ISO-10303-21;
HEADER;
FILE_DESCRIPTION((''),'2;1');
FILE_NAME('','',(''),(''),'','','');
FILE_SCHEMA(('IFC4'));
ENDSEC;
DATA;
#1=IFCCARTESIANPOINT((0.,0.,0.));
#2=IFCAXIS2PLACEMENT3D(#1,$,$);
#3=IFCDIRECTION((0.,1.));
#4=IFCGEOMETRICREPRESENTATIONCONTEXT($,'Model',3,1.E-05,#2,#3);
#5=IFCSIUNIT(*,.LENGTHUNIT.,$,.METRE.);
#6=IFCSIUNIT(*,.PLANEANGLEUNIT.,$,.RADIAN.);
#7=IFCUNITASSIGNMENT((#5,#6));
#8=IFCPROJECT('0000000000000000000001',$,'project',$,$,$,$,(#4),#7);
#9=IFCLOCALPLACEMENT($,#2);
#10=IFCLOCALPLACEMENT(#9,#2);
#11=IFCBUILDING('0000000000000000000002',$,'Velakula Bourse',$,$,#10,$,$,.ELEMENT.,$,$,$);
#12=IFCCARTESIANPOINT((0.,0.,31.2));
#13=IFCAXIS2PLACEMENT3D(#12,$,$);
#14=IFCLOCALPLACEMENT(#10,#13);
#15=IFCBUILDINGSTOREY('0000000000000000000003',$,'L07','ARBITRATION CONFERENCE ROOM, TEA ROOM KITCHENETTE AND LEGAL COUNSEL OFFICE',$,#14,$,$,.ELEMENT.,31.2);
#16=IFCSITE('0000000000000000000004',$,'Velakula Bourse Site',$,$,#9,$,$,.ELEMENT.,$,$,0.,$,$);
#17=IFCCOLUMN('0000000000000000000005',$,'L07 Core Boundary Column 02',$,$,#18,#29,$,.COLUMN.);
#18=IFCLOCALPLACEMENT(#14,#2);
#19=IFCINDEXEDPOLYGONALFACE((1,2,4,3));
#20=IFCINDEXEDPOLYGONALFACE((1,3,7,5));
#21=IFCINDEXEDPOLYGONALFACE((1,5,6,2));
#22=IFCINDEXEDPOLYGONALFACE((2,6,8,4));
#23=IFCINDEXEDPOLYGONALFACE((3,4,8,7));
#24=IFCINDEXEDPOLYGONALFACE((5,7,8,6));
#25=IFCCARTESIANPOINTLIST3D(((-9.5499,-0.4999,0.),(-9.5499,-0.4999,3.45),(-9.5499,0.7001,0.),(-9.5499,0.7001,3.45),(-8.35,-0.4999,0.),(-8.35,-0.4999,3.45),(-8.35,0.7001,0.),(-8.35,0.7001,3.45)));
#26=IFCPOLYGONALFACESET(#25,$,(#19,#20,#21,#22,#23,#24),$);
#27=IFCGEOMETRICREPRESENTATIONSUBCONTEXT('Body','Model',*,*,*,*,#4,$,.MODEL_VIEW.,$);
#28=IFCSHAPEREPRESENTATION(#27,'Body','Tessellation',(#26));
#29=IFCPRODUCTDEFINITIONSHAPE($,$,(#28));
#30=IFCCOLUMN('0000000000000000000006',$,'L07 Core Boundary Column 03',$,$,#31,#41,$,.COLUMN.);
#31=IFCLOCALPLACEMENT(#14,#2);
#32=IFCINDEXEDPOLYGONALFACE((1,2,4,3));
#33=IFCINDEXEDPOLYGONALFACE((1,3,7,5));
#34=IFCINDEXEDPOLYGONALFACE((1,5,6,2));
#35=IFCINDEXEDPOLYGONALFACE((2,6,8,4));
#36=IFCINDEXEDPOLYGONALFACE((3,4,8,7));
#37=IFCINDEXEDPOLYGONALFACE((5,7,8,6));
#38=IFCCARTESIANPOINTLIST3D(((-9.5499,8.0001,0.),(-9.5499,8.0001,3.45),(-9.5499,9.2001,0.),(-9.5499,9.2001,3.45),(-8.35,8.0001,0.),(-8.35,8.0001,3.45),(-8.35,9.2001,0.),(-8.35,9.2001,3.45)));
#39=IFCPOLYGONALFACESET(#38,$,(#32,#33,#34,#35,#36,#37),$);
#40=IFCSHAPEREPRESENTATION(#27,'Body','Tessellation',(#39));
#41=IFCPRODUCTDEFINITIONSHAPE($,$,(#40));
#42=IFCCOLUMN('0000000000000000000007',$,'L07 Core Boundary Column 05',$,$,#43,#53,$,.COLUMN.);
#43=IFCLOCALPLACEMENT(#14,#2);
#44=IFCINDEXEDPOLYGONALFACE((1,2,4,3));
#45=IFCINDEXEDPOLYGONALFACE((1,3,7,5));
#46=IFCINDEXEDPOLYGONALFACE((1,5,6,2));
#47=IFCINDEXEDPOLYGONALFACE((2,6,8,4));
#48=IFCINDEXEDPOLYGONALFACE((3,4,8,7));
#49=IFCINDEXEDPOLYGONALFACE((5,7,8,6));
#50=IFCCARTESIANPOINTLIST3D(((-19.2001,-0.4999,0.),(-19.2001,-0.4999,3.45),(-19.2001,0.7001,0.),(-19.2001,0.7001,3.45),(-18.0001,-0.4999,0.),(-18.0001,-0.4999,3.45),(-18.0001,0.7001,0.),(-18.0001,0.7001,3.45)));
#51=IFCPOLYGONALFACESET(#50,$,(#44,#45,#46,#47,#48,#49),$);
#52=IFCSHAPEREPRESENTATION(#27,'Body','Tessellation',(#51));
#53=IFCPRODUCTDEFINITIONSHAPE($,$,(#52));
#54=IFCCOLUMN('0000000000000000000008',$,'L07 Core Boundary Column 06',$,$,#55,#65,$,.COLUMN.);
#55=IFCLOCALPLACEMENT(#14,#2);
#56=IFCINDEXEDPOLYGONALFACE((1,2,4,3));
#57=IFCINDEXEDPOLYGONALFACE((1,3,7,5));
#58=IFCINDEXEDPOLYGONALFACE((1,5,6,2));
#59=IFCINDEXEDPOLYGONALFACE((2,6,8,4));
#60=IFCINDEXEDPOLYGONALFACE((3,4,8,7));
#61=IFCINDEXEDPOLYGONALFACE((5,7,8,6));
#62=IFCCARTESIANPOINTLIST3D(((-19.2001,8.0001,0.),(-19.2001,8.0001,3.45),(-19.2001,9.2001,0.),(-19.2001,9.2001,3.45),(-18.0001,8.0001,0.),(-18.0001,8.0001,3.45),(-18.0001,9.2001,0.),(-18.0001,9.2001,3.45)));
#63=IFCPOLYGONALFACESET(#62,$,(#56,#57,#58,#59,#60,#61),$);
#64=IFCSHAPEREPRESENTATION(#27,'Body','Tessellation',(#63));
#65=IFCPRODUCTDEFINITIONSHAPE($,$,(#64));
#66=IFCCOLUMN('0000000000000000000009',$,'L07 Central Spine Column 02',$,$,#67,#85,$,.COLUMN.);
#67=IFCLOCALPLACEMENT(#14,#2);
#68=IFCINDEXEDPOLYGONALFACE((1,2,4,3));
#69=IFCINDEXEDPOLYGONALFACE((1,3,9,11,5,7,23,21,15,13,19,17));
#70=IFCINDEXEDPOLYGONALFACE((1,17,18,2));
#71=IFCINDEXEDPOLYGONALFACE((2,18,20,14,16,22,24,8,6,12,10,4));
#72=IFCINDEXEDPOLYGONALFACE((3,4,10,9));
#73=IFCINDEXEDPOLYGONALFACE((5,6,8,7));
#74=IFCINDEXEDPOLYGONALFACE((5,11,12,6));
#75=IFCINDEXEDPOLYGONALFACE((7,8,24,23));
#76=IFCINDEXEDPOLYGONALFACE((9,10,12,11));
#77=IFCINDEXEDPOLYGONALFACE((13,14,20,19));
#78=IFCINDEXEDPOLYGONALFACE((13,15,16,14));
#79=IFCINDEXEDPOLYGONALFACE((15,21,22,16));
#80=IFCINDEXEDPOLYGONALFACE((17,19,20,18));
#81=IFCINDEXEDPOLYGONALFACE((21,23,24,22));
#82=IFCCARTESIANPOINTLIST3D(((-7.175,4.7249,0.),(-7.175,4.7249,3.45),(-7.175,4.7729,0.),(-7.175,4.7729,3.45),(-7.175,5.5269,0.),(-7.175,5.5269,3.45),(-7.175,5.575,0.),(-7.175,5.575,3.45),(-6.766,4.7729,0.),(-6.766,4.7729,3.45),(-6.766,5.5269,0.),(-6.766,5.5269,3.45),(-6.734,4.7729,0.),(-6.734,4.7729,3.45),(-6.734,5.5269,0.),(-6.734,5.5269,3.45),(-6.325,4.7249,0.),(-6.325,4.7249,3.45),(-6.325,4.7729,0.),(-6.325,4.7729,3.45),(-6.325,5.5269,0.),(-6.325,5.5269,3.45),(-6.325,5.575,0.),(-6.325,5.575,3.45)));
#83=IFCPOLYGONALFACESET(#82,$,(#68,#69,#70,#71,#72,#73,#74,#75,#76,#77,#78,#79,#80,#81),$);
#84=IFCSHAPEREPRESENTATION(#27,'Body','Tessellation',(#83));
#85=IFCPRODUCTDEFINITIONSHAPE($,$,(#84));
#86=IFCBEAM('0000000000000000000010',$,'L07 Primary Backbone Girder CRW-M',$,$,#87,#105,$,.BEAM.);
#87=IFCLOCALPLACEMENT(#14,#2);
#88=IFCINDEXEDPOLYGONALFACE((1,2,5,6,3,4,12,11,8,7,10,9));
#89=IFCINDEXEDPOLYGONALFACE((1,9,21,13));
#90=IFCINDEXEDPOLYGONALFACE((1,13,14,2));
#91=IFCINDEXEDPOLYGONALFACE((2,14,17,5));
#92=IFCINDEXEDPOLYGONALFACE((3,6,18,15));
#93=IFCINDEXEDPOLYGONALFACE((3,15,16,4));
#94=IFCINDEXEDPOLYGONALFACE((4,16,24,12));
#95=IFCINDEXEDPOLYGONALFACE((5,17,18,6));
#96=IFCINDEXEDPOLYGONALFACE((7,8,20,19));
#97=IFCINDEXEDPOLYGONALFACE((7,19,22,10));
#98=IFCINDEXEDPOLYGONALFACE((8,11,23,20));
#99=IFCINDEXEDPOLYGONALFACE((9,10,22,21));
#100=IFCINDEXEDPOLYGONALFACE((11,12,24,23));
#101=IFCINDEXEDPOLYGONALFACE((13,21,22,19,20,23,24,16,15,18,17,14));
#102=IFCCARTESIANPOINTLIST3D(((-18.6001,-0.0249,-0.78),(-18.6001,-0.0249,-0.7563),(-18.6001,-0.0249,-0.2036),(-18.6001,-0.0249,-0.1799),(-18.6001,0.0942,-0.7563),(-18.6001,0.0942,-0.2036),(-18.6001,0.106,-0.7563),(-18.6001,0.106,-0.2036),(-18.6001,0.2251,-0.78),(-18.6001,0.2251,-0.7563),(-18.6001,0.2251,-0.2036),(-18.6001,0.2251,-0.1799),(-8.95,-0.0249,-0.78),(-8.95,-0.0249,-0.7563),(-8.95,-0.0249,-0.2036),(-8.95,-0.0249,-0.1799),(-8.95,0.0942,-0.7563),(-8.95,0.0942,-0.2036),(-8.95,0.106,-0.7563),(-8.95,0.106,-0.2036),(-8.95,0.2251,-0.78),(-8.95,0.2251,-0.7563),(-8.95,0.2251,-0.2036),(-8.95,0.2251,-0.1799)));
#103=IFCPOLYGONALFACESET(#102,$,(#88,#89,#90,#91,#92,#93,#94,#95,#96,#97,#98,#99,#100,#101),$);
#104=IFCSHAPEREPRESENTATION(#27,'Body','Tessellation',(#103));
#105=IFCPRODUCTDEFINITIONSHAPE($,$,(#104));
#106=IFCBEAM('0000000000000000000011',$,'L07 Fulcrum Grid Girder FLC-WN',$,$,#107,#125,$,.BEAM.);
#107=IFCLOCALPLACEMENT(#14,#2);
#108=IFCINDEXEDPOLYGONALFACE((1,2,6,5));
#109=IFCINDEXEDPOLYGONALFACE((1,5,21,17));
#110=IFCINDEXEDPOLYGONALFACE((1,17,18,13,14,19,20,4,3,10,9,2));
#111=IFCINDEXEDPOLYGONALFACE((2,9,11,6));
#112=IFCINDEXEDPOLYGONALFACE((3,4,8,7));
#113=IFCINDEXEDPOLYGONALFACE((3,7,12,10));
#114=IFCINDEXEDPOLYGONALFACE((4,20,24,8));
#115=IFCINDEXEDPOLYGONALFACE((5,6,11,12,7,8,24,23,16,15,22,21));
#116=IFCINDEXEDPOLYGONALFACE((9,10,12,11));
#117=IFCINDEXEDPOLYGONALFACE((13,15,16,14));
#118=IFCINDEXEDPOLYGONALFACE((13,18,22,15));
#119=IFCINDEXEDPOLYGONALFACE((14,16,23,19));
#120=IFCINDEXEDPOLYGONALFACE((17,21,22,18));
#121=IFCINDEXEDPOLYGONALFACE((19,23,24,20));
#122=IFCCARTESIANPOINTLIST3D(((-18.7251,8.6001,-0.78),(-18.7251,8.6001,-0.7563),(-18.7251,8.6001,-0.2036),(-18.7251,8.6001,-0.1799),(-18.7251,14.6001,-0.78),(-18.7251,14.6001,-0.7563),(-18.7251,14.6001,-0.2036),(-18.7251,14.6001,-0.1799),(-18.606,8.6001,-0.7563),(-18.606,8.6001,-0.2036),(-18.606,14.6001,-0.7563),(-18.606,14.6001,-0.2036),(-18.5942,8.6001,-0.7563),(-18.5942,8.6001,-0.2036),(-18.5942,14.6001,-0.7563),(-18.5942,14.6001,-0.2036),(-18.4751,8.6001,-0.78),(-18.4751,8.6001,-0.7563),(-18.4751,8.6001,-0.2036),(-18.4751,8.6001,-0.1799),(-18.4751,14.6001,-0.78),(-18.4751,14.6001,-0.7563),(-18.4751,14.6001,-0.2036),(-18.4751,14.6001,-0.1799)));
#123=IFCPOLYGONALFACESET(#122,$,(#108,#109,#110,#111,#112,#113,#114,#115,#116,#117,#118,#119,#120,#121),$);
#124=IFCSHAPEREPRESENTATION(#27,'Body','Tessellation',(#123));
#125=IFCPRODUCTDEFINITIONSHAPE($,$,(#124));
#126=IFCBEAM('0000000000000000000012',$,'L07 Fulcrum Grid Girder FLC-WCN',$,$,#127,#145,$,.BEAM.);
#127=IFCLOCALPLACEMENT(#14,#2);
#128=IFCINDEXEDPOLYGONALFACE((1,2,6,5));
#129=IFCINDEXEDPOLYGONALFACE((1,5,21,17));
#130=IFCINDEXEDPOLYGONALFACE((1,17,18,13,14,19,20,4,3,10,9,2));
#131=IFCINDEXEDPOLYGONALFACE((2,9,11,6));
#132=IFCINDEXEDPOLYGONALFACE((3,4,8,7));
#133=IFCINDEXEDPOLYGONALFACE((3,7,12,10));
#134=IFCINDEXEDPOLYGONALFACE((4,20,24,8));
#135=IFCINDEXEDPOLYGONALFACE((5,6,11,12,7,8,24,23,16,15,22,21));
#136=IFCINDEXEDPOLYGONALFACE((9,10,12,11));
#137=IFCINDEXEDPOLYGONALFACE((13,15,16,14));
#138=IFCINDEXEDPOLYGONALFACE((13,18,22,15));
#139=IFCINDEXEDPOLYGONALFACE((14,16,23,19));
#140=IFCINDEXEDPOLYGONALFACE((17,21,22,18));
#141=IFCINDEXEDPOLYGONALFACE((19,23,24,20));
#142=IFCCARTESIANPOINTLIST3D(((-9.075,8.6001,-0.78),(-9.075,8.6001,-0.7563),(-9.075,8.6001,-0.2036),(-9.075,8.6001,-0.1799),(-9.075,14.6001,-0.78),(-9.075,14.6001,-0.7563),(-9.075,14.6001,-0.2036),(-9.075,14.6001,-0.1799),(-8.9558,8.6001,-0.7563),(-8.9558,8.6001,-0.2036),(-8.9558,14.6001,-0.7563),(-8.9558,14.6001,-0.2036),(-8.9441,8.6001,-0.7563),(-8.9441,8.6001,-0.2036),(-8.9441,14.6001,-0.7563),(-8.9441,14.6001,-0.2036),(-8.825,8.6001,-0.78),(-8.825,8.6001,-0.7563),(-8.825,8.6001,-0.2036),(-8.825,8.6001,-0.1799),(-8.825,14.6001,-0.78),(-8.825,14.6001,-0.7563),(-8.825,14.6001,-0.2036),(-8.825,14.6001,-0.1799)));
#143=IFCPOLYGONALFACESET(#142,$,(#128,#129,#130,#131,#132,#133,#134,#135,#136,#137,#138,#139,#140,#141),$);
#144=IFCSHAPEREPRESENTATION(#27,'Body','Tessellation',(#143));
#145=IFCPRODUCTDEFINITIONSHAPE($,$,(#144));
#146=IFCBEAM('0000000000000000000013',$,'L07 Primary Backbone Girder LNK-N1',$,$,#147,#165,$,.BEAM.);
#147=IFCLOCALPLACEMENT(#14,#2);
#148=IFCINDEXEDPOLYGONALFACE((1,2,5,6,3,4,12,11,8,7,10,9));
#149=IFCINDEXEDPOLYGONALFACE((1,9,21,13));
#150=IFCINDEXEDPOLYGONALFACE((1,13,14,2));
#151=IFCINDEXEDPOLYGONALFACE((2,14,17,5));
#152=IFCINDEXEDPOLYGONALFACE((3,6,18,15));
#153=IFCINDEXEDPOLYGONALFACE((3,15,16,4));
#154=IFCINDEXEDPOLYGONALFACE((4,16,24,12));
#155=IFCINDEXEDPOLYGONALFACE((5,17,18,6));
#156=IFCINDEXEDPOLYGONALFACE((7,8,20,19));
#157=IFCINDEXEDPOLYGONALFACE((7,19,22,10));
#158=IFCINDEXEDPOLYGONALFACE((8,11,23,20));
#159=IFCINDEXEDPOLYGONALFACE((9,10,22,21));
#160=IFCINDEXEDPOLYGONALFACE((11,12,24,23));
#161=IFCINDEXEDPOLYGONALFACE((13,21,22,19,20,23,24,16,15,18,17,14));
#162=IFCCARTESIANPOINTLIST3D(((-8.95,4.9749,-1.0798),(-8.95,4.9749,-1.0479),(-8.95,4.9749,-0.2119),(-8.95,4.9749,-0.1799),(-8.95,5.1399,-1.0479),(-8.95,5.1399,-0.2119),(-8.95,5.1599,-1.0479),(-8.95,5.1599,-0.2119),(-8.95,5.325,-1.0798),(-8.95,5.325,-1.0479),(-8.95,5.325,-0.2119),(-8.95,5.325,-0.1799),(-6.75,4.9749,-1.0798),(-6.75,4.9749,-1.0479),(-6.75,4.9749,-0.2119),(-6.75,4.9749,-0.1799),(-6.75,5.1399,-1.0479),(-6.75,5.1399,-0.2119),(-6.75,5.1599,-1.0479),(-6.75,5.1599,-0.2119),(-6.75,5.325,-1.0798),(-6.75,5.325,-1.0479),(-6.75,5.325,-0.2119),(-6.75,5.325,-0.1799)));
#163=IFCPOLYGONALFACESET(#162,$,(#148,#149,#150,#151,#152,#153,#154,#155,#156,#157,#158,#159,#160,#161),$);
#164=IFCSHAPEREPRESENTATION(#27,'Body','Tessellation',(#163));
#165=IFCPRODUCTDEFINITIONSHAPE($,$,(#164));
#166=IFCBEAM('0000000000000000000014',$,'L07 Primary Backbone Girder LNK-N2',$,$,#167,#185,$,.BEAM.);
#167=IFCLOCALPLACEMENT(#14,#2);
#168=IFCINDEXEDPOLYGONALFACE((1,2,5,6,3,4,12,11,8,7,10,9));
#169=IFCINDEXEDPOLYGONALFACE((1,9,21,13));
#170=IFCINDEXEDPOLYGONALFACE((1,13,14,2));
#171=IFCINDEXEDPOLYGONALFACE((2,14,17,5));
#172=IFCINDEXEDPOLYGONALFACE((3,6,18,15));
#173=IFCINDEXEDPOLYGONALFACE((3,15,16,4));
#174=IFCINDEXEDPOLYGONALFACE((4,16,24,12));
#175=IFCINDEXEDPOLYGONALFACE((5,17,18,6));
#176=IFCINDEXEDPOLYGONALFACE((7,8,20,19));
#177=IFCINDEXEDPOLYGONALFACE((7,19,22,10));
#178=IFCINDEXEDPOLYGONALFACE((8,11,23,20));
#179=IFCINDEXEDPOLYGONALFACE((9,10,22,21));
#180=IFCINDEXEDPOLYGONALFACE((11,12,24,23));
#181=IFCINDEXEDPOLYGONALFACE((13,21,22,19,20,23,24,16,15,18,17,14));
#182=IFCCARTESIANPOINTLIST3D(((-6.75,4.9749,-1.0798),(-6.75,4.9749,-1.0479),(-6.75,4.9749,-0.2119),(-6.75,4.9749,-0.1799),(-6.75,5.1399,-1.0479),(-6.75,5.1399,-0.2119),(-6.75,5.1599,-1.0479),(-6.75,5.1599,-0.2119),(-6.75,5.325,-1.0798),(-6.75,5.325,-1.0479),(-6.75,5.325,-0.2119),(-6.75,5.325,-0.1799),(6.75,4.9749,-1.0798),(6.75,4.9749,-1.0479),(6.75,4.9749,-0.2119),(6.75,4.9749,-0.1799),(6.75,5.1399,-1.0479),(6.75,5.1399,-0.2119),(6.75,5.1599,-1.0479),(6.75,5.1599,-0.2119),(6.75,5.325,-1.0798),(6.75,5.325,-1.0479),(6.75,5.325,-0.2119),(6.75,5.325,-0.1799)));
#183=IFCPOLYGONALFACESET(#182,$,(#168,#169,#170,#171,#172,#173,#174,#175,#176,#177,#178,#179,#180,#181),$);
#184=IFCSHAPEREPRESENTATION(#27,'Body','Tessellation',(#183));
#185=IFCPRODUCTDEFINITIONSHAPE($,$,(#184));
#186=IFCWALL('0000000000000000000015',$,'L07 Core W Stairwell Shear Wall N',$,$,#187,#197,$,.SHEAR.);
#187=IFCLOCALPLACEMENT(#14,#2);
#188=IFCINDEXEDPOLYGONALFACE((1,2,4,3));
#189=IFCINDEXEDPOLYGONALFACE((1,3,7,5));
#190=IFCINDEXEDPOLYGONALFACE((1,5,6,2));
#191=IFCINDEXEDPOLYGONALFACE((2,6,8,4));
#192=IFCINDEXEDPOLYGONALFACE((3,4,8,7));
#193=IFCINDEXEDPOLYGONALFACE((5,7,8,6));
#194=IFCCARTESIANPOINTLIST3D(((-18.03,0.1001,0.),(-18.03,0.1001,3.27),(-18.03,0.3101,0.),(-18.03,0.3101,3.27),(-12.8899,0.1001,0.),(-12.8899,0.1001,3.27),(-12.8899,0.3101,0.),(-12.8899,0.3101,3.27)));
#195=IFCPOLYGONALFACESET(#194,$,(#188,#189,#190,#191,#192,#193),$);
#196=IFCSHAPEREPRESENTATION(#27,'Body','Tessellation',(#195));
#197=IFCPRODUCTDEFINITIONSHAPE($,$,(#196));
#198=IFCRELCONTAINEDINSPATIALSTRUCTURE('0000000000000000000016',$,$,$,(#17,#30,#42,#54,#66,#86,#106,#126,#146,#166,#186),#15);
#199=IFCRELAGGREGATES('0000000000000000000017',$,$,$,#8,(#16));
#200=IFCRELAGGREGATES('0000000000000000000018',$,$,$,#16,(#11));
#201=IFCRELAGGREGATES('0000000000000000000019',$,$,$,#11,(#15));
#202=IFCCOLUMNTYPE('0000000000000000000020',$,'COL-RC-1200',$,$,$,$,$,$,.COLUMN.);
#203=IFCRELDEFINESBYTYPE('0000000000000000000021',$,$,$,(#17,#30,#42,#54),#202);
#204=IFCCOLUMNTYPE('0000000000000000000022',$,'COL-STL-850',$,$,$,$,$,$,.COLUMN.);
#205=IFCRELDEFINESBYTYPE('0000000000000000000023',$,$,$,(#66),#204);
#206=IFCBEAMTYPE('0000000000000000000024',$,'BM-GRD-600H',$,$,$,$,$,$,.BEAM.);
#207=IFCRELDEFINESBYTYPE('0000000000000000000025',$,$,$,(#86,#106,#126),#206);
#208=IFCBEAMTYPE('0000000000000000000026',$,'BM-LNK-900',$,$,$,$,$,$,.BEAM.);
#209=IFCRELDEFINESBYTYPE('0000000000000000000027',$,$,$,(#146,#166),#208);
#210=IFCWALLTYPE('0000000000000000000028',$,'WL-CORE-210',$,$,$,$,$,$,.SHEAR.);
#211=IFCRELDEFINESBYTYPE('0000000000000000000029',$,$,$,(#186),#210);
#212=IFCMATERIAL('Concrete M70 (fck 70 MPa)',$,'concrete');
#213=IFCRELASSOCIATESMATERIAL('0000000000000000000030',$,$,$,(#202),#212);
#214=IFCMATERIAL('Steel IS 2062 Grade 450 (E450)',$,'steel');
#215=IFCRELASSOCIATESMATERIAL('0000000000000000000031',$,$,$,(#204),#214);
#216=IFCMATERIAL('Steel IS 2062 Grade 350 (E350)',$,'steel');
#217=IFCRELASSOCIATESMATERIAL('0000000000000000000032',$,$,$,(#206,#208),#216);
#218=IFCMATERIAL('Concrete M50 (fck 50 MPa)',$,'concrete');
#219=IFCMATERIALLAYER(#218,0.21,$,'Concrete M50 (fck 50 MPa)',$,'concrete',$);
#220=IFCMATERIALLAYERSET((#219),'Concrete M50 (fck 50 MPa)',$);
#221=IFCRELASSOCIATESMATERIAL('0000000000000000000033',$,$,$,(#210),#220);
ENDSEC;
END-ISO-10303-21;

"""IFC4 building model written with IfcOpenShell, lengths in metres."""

from ifc_helpers import new_model, si_unit, direction, frame, frame_2d, origin, origin_2d, place, context, subcontext, project, spatial, rectangle, i_section, extrude, material, layer, layer_set, material_profile, profile_set, type_object, element, save


model = new_model("IFC4")

# Units and contexts
model_context = context("Model", 3, precision=1e-05, world=origin(), true_north=direction((0.0, 1.0)))
body_context = subcontext(model_context, "Body", "Model", "MODEL_VIEW")
ifc_project = project(units=[si_unit("LENGTHUNIT", "METRE"), si_unit("PLANEANGLEUNIT", "RADIAN")], contexts=[model_context])

# Site, building, storey
site_placement = place(None, origin())
site = spatial("IfcSite", under=ifc_project, at=site_placement, Name="Velakula Bourse Site", CompositionType="ELEMENT", RefElevation=0.0)
building_placement = place(site_placement, origin())
building = spatial("IfcBuilding", under=site, at=building_placement, Name="Velakula Bourse", CompositionType="ELEMENT")
storey_placement = place(building_placement, frame((0.0, 0.0, 31.2)))
storey = spatial("IfcBuildingStorey", under=building, at=storey_placement, Name="L07", Description="ARBITRATION CONFERENCE ROOM, TEA ROOM KITCHENETTE AND LEGAL COUNSEL OFFICE", CompositionType="ELEMENT", Elevation=31.2)

# Columns
ifc_material_1 = material(Name="Concrete M70 (fck 70 MPa)", Category="concrete")
ifc_material_profile_1 = material_profile(ifc_material_1, rectangle(XDim=1.2, YDim=1.2, at=origin_2d()), Name="Concrete M70 (fck 70 MPa)")
ifc_profile_set_1 = profile_set([ifc_material_profile_1], Name="Concrete M70 (fck 70 MPa)")
column_type_1 = type_object("IfcColumnType", Name="COL-RC-1200", PredefinedType="COLUMN", material=ifc_profile_set_1)
for number, where, z_axis, x_axis, name in (
    (1, (-8.95, 0.1001, 0.0), (0.0, 0.0, 1.0), (1.0, 0.0, 0.0), "L07 Core Boundary Column 02"),
    (2, (-8.95, 8.6001, 0.0), (0.0, 0.0, 1.0), (1.0, 0.0, 0.0), "L07 Core Boundary Column 03"),
    (3, (-18.6001, 0.1001, 0.0), (0.0, 0.0, 1.0), (1.0, 0.0, 0.0), "L07 Core Boundary Column 05"),
    (4, (-18.6001, 8.6001, 0.0), (0.0, 0.0, 1.0), (1.0, 0.0, 0.0), "L07 Core Boundary Column 06"),
):
    element("IfcColumn", number, at=place(storey_placement, frame(where, z_axis=z_axis, x_axis=x_axis)), inside=storey, type_object=column_type_1, Name=name, PredefinedType="COLUMN", context=body_context, shape_type="SweptSolid", body=[
        extrude(rectangle(XDim=1.2, YDim=1.2, at=origin_2d()), origin(), (0.0, 0.0, 1.0), 3.45),
    ])
ifc_material_2 = material(Name="Steel IS 2062 Grade 450 (E450)", Category="steel")
ifc_material_profile_2 = material_profile(ifc_material_2, i_section(OverallWidth=0.8501, OverallDepth=0.8501, WebThickness=0.032, FlangeThickness=0.0481, at=origin_2d()), Name="Steel IS 2062 Grade 450 (E450)")
ifc_profile_set_2 = profile_set([ifc_material_profile_2], Name="Steel IS 2062 Grade 450 (E450)")
column_type_2 = type_object("IfcColumnType", Name="COL-STL-850", PredefinedType="COLUMN", material=ifc_profile_set_2)
column_placement = place(storey_placement, frame((-6.75, 5.1499, 0.0), z_axis=(0.0, 0.0, 1.0), x_axis=(1.0, 0.0, 0.0)))
element("IfcColumn", 5, at=column_placement, inside=storey, type_object=column_type_2, Name="L07 Central Spine Column 02", PredefinedType="COLUMN", context=body_context, shape_type="SweptSolid", body=[
    extrude(i_section(OverallWidth=0.8501, OverallDepth=0.8501, WebThickness=0.032, FlangeThickness=0.0481, at=origin_2d()), origin(), (0.0, 0.0, 1.0), 3.45),
])

# Beams
ifc_material_3 = material(Name="Steel IS 2062 Grade 350 (E350)", Category="steel")
ifc_material_profile_3 = material_profile(ifc_material_3, i_section(OverallWidth=0.25, OverallDepth=0.6001, WebThickness=0.0117, FlangeThickness=0.0237, at=origin_2d()), Name="Steel IS 2062 Grade 350 (E350)")
ifc_profile_set_3 = profile_set([ifc_material_profile_3], Name="Steel IS 2062 Grade 350 (E350)")
beam_type_1 = type_object("IfcBeamType", Name="BM-GRD-600H", PredefinedType="BEAM", material=ifc_profile_set_3)
beam_1_placement = place(storey_placement, frame((-18.6001, 0.1001, -0.48), z_axis=(1.0, 0.0, 0.0), x_axis=(0.0, 1.0, 0.0)))
element("IfcBeam", 6, at=beam_1_placement, inside=storey, type_object=beam_type_1, Name="L07 Primary Backbone Girder CRW-M", PredefinedType="BEAM", context=body_context, shape_type="SweptSolid", body=[
    extrude(i_section(OverallWidth=0.25, OverallDepth=0.6001, WebThickness=0.0117, FlangeThickness=0.0237, at=origin_2d()), origin(), (0.0, 0.0, 1.0), 9.6501),
])
for number, where, z_axis, x_axis, name in (
    (7, (-18.6001, 8.6001, -0.48), (0.0, 1.0, 0.0), (-1.0, 0.0, 0.0), "L07 Fulcrum Grid Girder FLC-WN"),
    (8, (-8.95, 8.6001, -0.48), (0.0, 1.0, 0.0), (-1.0, 0.0, 0.0), "L07 Fulcrum Grid Girder FLC-WCN"),
):
    element("IfcBeam", number, at=place(storey_placement, frame(where, z_axis=z_axis, x_axis=x_axis)), inside=storey, type_object=beam_type_1, Name=name, PredefinedType="BEAM", context=body_context, shape_type="SweptSolid", body=[
        extrude(i_section(OverallWidth=0.25, OverallDepth=0.6001, WebThickness=0.0117, FlangeThickness=0.0237, at=origin_2d()), origin(), (0.0, 0.0, 1.0), 6.0),
    ])
ifc_material_profile_4 = material_profile(ifc_material_3, i_section(OverallWidth=0.3501, OverallDepth=0.8999, WebThickness=0.02, FlangeThickness=0.032, at=origin_2d()), Name="Steel IS 2062 Grade 350 (E350)")
ifc_profile_set_4 = profile_set([ifc_material_profile_4], Name="Steel IS 2062 Grade 350 (E350)")
beam_type_2 = type_object("IfcBeamType", Name="BM-LNK-900", PredefinedType="BEAM", material=ifc_profile_set_4)
beam_2_placement = place(storey_placement, frame((-8.95, 5.1499, -0.6299), z_axis=(1.0, 0.0, 0.0), x_axis=(0.0, 1.0, 0.0)))
element("IfcBeam", 9, at=beam_2_placement, inside=storey, type_object=beam_type_2, Name="L07 Primary Backbone Girder LNK-N1", PredefinedType="BEAM", context=body_context, shape_type="SweptSolid", body=[
    extrude(i_section(OverallWidth=0.3501, OverallDepth=0.8999, WebThickness=0.02, FlangeThickness=0.032, at=origin_2d()), origin(), (0.0, 0.0, 1.0), 2.2),
])
beam_3_placement = place(storey_placement, frame((-6.75, 5.1499, -0.6299), z_axis=(1.0, 0.0, 0.0), x_axis=(0.0, 1.0, 0.0)))
element("IfcBeam", 10, at=beam_3_placement, inside=storey, type_object=beam_type_2, Name="L07 Primary Backbone Girder LNK-N2", PredefinedType="BEAM", context=body_context, shape_type="SweptSolid", body=[
    extrude(i_section(OverallWidth=0.3501, OverallDepth=0.8999, WebThickness=0.02, FlangeThickness=0.032, at=origin_2d()), origin(), (0.0, 0.0, 1.0), 13.5),
])

# Wall
ifc_material_4 = material(Name="Concrete M50 (fck 50 MPa)", Category="concrete")
ifc_layer_1 = layer(ifc_material_4, 0.21, Name="Concrete M50 (fck 50 MPa)", Category="concrete")
ifc_layer_set_1 = layer_set([ifc_layer_1], Name="Concrete M50 (fck 50 MPa)")
wall_type_1 = type_object("IfcWallType", Name="WL-CORE-210", PredefinedType="SHEAR", material=ifc_layer_set_1)
wall_1_placement = place(storey_placement, frame((-12.8899, 0.2051, 0.0), z_axis=(0.0, 0.0, 1.0), x_axis=(-1.0, 0.0, 0.0)))
element("IfcWall", 11, at=wall_1_placement, inside=storey, type_object=wall_type_1, Name="L07 Core W Stairwell Shear Wall N", PredefinedType="SHEAR", context=body_context, shape_type="SweptSolid", body=[
    extrude(rectangle(XDim=5.1401, YDim=0.21, at=frame_2d((2.5701, 0.0))), origin(), (0.0, 0.0, 1.0), 3.27),
])

save(model, "model.ifc")
